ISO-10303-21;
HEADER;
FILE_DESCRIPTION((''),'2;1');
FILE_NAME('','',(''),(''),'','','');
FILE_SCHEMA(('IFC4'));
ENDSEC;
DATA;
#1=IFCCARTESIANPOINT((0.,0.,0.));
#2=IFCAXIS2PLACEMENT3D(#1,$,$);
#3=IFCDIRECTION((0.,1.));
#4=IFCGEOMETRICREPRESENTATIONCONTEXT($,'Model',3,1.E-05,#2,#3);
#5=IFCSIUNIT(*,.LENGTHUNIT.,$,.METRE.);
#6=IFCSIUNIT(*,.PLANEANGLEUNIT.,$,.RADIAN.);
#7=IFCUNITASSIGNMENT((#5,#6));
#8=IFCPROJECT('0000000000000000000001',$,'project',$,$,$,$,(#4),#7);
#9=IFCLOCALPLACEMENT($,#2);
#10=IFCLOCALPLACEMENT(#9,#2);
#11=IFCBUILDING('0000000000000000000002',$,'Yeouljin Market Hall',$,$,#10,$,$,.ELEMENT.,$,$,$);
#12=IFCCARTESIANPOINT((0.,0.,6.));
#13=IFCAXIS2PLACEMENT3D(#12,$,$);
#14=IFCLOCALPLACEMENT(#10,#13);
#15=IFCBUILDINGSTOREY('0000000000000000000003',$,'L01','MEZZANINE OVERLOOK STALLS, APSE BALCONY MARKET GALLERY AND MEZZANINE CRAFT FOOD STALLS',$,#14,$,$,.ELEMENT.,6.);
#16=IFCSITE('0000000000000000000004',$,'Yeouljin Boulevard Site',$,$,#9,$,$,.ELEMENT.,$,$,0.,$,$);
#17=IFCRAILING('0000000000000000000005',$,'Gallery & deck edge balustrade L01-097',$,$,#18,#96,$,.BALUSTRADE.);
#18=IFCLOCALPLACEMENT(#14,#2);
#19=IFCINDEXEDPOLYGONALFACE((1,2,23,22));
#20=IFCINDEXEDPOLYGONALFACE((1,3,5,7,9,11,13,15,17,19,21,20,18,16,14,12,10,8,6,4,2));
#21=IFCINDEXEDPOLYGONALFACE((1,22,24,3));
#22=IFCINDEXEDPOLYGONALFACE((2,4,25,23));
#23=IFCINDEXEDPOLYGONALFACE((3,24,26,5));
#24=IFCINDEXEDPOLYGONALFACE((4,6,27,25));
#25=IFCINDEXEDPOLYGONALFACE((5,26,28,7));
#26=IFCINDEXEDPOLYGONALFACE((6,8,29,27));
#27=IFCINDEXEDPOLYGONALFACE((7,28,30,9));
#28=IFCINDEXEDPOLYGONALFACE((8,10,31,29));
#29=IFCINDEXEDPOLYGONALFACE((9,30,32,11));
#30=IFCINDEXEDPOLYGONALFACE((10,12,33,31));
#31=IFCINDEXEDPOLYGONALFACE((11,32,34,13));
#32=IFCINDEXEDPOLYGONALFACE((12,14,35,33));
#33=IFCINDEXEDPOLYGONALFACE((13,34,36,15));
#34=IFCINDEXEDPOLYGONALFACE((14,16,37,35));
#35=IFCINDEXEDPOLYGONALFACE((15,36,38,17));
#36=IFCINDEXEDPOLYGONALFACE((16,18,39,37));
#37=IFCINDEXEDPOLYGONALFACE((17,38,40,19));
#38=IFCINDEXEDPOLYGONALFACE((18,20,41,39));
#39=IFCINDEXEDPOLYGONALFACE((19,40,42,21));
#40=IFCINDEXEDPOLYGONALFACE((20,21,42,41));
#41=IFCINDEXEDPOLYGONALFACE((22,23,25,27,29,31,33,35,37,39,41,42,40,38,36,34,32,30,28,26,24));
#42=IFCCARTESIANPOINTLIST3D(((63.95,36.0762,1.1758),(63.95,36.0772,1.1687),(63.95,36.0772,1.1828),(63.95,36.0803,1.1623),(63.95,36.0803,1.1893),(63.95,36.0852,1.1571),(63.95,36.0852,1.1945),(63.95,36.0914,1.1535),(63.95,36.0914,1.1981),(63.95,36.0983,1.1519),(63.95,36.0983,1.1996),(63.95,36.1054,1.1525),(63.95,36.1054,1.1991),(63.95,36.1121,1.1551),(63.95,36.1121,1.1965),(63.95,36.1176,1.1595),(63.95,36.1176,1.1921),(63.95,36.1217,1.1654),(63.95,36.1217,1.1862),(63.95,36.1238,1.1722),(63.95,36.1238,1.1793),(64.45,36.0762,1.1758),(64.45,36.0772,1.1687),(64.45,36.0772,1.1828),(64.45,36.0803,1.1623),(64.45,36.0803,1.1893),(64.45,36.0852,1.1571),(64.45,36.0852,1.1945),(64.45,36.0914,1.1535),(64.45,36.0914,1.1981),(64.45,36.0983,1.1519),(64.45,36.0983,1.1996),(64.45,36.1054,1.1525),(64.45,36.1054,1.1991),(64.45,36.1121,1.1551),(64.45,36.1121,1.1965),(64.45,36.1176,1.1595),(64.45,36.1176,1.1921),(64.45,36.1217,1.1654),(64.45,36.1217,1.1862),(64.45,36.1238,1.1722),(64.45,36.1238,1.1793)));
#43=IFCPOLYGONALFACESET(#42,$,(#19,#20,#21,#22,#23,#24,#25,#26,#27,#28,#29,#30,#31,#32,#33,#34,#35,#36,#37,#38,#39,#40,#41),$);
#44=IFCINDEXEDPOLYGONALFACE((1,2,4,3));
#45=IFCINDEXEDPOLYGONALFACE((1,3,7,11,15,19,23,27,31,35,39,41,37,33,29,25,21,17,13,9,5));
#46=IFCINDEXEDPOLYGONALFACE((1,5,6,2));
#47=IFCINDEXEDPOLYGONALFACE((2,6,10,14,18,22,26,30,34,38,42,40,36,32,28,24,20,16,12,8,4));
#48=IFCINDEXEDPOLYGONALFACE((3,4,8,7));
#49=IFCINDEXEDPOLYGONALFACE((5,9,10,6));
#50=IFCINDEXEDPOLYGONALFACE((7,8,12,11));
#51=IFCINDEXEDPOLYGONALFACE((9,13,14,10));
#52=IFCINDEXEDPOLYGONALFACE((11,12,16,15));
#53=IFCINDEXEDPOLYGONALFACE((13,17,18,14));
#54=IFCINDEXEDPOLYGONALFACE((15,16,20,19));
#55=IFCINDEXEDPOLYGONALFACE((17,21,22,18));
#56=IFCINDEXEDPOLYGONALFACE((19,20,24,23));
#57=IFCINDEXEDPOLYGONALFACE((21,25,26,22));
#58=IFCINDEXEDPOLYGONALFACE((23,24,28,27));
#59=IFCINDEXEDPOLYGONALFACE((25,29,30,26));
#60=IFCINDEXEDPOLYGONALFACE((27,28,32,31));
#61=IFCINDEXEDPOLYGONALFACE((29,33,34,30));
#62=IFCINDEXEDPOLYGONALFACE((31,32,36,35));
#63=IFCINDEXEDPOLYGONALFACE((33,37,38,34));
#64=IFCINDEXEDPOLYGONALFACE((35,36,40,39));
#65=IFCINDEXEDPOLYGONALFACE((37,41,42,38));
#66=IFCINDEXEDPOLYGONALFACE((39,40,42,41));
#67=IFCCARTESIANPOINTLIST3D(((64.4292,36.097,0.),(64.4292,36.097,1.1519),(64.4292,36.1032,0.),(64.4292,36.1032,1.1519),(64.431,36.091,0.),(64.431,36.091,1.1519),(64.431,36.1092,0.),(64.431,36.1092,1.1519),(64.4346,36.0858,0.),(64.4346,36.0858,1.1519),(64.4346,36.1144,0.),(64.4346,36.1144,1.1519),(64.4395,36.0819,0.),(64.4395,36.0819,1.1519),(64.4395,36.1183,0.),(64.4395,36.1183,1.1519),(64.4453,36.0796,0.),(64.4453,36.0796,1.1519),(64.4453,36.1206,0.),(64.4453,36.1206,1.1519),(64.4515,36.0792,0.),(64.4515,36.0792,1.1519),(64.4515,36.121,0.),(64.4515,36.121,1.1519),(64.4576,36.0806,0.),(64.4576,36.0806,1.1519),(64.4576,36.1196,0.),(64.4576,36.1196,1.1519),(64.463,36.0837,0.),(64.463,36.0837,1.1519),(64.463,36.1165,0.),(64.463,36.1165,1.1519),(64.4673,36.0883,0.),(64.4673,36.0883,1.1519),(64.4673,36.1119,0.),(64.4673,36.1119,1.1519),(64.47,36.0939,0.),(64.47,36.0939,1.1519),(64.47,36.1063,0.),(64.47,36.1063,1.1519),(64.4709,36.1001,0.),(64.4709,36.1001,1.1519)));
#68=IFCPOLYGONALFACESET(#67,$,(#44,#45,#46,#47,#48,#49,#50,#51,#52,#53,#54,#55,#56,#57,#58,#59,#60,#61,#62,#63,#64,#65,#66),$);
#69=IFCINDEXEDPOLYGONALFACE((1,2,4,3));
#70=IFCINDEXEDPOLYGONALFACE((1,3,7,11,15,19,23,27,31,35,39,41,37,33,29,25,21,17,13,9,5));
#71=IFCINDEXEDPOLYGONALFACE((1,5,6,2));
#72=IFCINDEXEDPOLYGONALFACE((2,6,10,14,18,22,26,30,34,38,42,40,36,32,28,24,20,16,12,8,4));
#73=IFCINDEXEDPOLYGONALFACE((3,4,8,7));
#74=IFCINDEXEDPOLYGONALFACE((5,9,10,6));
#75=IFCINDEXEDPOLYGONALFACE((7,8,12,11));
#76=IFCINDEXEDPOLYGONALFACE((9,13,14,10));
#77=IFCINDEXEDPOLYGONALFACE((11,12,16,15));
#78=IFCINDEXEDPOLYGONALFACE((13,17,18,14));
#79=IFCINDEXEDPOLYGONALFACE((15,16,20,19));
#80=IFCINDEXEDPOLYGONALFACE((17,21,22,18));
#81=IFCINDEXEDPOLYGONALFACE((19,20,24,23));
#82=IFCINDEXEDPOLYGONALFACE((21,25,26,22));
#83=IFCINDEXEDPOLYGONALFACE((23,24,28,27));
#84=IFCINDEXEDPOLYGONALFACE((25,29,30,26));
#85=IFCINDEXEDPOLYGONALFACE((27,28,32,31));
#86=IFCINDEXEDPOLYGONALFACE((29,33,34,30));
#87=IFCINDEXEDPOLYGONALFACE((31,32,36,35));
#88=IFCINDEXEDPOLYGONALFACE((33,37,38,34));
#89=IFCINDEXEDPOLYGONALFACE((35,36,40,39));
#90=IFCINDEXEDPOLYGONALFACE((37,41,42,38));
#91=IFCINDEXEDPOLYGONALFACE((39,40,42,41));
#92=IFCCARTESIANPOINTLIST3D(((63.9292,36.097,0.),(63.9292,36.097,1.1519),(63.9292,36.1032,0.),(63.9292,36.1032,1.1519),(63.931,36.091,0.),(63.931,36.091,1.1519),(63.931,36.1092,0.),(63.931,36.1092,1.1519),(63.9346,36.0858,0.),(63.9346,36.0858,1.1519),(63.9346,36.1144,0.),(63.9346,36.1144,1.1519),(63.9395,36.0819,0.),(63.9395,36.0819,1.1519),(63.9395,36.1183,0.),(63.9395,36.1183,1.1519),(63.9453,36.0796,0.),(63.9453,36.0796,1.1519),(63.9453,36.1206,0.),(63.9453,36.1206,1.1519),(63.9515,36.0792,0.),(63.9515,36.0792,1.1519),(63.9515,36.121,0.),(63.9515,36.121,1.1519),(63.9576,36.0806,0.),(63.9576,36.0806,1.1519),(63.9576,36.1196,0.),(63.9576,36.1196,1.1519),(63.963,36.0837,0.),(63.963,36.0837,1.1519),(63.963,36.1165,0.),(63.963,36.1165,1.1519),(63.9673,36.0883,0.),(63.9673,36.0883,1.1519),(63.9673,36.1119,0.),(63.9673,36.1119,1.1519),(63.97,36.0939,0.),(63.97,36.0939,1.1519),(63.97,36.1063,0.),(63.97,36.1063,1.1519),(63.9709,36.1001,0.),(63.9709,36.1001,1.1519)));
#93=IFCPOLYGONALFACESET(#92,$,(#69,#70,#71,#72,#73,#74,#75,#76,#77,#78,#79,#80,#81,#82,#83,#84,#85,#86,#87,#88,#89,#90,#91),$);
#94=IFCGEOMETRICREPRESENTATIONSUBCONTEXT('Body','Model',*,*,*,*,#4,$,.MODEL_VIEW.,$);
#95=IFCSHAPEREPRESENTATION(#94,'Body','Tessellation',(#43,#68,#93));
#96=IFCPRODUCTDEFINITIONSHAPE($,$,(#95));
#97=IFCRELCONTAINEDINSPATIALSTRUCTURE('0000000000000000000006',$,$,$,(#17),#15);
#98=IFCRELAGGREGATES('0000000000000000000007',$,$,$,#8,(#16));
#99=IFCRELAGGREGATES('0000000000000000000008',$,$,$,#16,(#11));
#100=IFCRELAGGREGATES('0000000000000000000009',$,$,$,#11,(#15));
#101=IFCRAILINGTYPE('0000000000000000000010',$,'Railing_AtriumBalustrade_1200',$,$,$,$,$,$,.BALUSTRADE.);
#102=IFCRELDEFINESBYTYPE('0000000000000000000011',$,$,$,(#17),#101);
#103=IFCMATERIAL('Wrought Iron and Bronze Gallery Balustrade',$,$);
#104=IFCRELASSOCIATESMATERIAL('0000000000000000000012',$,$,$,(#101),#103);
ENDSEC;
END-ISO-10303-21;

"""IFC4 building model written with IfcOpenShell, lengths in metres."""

from ifc_helpers import new_model, si_unit, direction, frame, origin, origin_2d, place, context, subcontext, project, spatial, circle, extrude, material, type_object, element, save


model = new_model("IFC4")

# Units and contexts
model_context = context("Model", 3, precision=1e-05, world=origin(), true_north=direction((0.0, 1.0)))
body_context = subcontext(model_context, "Body", "Model", "MODEL_VIEW")
ifc_project = project(units=[si_unit("LENGTHUNIT", "METRE"), si_unit("PLANEANGLEUNIT", "RADIAN")], contexts=[model_context])

# Site, building, storey
site_placement = place(None, origin())
site = spatial("IfcSite", under=ifc_project, at=site_placement, Name="Yeouljin Boulevard Site", CompositionType="ELEMENT", RefElevation=0.0)
building_placement = place(site_placement, origin())
building = spatial("IfcBuilding", under=site, at=building_placement, Name="Yeouljin Market Hall", CompositionType="ELEMENT")
storey_placement = place(building_placement, frame((0.0, 0.0, 6.0)))
storey = spatial("IfcBuildingStorey", under=building, at=storey_placement, Name="L01", Description="MEZZANINE OVERLOOK STALLS, APSE BALCONY MARKET GALLERY AND MEZZANINE CRAFT FOOD STALLS", CompositionType="ELEMENT", Elevation=6.0)

# Railing
ifc_material_1 = material(Name="Wrought Iron and Bronze Gallery Balustrade")
railing_type = type_object("IfcRailingType", Name="Railing_AtriumBalustrade_1200", PredefinedType="BALUSTRADE", material=ifc_material_1)
railing_placement = place(storey_placement, frame((64.45, 36.1001, 0.0)))
element("IfcRailing", 1, at=railing_placement, inside=storey, type_object=railing_type, Name="Gallery & deck edge balustrade L01-097", PredefinedType="BALUSTRADE", context=body_context, shape_type="SweptSolid", body=[
    extrude(circle(Radius=0.0239, at=origin_2d()), frame((0.0, 0.0, 1.1758), z_axis=(-1.0, 0.0, 0.0), x_axis=(0.0, -1.0, 0.0)), (0.0, 0.0, 1.0), 0.5),
    extrude(circle(Radius=0.021, at=origin_2d()), origin(), (0.0, 0.0, 1.0), 1.1519),
    extrude(circle(Radius=0.021, at=origin_2d()), frame((-0.5, 0.0, 0.0)), (0.0, 0.0, 1.0), 1.1519),
])

save(model, "model.ifc")
